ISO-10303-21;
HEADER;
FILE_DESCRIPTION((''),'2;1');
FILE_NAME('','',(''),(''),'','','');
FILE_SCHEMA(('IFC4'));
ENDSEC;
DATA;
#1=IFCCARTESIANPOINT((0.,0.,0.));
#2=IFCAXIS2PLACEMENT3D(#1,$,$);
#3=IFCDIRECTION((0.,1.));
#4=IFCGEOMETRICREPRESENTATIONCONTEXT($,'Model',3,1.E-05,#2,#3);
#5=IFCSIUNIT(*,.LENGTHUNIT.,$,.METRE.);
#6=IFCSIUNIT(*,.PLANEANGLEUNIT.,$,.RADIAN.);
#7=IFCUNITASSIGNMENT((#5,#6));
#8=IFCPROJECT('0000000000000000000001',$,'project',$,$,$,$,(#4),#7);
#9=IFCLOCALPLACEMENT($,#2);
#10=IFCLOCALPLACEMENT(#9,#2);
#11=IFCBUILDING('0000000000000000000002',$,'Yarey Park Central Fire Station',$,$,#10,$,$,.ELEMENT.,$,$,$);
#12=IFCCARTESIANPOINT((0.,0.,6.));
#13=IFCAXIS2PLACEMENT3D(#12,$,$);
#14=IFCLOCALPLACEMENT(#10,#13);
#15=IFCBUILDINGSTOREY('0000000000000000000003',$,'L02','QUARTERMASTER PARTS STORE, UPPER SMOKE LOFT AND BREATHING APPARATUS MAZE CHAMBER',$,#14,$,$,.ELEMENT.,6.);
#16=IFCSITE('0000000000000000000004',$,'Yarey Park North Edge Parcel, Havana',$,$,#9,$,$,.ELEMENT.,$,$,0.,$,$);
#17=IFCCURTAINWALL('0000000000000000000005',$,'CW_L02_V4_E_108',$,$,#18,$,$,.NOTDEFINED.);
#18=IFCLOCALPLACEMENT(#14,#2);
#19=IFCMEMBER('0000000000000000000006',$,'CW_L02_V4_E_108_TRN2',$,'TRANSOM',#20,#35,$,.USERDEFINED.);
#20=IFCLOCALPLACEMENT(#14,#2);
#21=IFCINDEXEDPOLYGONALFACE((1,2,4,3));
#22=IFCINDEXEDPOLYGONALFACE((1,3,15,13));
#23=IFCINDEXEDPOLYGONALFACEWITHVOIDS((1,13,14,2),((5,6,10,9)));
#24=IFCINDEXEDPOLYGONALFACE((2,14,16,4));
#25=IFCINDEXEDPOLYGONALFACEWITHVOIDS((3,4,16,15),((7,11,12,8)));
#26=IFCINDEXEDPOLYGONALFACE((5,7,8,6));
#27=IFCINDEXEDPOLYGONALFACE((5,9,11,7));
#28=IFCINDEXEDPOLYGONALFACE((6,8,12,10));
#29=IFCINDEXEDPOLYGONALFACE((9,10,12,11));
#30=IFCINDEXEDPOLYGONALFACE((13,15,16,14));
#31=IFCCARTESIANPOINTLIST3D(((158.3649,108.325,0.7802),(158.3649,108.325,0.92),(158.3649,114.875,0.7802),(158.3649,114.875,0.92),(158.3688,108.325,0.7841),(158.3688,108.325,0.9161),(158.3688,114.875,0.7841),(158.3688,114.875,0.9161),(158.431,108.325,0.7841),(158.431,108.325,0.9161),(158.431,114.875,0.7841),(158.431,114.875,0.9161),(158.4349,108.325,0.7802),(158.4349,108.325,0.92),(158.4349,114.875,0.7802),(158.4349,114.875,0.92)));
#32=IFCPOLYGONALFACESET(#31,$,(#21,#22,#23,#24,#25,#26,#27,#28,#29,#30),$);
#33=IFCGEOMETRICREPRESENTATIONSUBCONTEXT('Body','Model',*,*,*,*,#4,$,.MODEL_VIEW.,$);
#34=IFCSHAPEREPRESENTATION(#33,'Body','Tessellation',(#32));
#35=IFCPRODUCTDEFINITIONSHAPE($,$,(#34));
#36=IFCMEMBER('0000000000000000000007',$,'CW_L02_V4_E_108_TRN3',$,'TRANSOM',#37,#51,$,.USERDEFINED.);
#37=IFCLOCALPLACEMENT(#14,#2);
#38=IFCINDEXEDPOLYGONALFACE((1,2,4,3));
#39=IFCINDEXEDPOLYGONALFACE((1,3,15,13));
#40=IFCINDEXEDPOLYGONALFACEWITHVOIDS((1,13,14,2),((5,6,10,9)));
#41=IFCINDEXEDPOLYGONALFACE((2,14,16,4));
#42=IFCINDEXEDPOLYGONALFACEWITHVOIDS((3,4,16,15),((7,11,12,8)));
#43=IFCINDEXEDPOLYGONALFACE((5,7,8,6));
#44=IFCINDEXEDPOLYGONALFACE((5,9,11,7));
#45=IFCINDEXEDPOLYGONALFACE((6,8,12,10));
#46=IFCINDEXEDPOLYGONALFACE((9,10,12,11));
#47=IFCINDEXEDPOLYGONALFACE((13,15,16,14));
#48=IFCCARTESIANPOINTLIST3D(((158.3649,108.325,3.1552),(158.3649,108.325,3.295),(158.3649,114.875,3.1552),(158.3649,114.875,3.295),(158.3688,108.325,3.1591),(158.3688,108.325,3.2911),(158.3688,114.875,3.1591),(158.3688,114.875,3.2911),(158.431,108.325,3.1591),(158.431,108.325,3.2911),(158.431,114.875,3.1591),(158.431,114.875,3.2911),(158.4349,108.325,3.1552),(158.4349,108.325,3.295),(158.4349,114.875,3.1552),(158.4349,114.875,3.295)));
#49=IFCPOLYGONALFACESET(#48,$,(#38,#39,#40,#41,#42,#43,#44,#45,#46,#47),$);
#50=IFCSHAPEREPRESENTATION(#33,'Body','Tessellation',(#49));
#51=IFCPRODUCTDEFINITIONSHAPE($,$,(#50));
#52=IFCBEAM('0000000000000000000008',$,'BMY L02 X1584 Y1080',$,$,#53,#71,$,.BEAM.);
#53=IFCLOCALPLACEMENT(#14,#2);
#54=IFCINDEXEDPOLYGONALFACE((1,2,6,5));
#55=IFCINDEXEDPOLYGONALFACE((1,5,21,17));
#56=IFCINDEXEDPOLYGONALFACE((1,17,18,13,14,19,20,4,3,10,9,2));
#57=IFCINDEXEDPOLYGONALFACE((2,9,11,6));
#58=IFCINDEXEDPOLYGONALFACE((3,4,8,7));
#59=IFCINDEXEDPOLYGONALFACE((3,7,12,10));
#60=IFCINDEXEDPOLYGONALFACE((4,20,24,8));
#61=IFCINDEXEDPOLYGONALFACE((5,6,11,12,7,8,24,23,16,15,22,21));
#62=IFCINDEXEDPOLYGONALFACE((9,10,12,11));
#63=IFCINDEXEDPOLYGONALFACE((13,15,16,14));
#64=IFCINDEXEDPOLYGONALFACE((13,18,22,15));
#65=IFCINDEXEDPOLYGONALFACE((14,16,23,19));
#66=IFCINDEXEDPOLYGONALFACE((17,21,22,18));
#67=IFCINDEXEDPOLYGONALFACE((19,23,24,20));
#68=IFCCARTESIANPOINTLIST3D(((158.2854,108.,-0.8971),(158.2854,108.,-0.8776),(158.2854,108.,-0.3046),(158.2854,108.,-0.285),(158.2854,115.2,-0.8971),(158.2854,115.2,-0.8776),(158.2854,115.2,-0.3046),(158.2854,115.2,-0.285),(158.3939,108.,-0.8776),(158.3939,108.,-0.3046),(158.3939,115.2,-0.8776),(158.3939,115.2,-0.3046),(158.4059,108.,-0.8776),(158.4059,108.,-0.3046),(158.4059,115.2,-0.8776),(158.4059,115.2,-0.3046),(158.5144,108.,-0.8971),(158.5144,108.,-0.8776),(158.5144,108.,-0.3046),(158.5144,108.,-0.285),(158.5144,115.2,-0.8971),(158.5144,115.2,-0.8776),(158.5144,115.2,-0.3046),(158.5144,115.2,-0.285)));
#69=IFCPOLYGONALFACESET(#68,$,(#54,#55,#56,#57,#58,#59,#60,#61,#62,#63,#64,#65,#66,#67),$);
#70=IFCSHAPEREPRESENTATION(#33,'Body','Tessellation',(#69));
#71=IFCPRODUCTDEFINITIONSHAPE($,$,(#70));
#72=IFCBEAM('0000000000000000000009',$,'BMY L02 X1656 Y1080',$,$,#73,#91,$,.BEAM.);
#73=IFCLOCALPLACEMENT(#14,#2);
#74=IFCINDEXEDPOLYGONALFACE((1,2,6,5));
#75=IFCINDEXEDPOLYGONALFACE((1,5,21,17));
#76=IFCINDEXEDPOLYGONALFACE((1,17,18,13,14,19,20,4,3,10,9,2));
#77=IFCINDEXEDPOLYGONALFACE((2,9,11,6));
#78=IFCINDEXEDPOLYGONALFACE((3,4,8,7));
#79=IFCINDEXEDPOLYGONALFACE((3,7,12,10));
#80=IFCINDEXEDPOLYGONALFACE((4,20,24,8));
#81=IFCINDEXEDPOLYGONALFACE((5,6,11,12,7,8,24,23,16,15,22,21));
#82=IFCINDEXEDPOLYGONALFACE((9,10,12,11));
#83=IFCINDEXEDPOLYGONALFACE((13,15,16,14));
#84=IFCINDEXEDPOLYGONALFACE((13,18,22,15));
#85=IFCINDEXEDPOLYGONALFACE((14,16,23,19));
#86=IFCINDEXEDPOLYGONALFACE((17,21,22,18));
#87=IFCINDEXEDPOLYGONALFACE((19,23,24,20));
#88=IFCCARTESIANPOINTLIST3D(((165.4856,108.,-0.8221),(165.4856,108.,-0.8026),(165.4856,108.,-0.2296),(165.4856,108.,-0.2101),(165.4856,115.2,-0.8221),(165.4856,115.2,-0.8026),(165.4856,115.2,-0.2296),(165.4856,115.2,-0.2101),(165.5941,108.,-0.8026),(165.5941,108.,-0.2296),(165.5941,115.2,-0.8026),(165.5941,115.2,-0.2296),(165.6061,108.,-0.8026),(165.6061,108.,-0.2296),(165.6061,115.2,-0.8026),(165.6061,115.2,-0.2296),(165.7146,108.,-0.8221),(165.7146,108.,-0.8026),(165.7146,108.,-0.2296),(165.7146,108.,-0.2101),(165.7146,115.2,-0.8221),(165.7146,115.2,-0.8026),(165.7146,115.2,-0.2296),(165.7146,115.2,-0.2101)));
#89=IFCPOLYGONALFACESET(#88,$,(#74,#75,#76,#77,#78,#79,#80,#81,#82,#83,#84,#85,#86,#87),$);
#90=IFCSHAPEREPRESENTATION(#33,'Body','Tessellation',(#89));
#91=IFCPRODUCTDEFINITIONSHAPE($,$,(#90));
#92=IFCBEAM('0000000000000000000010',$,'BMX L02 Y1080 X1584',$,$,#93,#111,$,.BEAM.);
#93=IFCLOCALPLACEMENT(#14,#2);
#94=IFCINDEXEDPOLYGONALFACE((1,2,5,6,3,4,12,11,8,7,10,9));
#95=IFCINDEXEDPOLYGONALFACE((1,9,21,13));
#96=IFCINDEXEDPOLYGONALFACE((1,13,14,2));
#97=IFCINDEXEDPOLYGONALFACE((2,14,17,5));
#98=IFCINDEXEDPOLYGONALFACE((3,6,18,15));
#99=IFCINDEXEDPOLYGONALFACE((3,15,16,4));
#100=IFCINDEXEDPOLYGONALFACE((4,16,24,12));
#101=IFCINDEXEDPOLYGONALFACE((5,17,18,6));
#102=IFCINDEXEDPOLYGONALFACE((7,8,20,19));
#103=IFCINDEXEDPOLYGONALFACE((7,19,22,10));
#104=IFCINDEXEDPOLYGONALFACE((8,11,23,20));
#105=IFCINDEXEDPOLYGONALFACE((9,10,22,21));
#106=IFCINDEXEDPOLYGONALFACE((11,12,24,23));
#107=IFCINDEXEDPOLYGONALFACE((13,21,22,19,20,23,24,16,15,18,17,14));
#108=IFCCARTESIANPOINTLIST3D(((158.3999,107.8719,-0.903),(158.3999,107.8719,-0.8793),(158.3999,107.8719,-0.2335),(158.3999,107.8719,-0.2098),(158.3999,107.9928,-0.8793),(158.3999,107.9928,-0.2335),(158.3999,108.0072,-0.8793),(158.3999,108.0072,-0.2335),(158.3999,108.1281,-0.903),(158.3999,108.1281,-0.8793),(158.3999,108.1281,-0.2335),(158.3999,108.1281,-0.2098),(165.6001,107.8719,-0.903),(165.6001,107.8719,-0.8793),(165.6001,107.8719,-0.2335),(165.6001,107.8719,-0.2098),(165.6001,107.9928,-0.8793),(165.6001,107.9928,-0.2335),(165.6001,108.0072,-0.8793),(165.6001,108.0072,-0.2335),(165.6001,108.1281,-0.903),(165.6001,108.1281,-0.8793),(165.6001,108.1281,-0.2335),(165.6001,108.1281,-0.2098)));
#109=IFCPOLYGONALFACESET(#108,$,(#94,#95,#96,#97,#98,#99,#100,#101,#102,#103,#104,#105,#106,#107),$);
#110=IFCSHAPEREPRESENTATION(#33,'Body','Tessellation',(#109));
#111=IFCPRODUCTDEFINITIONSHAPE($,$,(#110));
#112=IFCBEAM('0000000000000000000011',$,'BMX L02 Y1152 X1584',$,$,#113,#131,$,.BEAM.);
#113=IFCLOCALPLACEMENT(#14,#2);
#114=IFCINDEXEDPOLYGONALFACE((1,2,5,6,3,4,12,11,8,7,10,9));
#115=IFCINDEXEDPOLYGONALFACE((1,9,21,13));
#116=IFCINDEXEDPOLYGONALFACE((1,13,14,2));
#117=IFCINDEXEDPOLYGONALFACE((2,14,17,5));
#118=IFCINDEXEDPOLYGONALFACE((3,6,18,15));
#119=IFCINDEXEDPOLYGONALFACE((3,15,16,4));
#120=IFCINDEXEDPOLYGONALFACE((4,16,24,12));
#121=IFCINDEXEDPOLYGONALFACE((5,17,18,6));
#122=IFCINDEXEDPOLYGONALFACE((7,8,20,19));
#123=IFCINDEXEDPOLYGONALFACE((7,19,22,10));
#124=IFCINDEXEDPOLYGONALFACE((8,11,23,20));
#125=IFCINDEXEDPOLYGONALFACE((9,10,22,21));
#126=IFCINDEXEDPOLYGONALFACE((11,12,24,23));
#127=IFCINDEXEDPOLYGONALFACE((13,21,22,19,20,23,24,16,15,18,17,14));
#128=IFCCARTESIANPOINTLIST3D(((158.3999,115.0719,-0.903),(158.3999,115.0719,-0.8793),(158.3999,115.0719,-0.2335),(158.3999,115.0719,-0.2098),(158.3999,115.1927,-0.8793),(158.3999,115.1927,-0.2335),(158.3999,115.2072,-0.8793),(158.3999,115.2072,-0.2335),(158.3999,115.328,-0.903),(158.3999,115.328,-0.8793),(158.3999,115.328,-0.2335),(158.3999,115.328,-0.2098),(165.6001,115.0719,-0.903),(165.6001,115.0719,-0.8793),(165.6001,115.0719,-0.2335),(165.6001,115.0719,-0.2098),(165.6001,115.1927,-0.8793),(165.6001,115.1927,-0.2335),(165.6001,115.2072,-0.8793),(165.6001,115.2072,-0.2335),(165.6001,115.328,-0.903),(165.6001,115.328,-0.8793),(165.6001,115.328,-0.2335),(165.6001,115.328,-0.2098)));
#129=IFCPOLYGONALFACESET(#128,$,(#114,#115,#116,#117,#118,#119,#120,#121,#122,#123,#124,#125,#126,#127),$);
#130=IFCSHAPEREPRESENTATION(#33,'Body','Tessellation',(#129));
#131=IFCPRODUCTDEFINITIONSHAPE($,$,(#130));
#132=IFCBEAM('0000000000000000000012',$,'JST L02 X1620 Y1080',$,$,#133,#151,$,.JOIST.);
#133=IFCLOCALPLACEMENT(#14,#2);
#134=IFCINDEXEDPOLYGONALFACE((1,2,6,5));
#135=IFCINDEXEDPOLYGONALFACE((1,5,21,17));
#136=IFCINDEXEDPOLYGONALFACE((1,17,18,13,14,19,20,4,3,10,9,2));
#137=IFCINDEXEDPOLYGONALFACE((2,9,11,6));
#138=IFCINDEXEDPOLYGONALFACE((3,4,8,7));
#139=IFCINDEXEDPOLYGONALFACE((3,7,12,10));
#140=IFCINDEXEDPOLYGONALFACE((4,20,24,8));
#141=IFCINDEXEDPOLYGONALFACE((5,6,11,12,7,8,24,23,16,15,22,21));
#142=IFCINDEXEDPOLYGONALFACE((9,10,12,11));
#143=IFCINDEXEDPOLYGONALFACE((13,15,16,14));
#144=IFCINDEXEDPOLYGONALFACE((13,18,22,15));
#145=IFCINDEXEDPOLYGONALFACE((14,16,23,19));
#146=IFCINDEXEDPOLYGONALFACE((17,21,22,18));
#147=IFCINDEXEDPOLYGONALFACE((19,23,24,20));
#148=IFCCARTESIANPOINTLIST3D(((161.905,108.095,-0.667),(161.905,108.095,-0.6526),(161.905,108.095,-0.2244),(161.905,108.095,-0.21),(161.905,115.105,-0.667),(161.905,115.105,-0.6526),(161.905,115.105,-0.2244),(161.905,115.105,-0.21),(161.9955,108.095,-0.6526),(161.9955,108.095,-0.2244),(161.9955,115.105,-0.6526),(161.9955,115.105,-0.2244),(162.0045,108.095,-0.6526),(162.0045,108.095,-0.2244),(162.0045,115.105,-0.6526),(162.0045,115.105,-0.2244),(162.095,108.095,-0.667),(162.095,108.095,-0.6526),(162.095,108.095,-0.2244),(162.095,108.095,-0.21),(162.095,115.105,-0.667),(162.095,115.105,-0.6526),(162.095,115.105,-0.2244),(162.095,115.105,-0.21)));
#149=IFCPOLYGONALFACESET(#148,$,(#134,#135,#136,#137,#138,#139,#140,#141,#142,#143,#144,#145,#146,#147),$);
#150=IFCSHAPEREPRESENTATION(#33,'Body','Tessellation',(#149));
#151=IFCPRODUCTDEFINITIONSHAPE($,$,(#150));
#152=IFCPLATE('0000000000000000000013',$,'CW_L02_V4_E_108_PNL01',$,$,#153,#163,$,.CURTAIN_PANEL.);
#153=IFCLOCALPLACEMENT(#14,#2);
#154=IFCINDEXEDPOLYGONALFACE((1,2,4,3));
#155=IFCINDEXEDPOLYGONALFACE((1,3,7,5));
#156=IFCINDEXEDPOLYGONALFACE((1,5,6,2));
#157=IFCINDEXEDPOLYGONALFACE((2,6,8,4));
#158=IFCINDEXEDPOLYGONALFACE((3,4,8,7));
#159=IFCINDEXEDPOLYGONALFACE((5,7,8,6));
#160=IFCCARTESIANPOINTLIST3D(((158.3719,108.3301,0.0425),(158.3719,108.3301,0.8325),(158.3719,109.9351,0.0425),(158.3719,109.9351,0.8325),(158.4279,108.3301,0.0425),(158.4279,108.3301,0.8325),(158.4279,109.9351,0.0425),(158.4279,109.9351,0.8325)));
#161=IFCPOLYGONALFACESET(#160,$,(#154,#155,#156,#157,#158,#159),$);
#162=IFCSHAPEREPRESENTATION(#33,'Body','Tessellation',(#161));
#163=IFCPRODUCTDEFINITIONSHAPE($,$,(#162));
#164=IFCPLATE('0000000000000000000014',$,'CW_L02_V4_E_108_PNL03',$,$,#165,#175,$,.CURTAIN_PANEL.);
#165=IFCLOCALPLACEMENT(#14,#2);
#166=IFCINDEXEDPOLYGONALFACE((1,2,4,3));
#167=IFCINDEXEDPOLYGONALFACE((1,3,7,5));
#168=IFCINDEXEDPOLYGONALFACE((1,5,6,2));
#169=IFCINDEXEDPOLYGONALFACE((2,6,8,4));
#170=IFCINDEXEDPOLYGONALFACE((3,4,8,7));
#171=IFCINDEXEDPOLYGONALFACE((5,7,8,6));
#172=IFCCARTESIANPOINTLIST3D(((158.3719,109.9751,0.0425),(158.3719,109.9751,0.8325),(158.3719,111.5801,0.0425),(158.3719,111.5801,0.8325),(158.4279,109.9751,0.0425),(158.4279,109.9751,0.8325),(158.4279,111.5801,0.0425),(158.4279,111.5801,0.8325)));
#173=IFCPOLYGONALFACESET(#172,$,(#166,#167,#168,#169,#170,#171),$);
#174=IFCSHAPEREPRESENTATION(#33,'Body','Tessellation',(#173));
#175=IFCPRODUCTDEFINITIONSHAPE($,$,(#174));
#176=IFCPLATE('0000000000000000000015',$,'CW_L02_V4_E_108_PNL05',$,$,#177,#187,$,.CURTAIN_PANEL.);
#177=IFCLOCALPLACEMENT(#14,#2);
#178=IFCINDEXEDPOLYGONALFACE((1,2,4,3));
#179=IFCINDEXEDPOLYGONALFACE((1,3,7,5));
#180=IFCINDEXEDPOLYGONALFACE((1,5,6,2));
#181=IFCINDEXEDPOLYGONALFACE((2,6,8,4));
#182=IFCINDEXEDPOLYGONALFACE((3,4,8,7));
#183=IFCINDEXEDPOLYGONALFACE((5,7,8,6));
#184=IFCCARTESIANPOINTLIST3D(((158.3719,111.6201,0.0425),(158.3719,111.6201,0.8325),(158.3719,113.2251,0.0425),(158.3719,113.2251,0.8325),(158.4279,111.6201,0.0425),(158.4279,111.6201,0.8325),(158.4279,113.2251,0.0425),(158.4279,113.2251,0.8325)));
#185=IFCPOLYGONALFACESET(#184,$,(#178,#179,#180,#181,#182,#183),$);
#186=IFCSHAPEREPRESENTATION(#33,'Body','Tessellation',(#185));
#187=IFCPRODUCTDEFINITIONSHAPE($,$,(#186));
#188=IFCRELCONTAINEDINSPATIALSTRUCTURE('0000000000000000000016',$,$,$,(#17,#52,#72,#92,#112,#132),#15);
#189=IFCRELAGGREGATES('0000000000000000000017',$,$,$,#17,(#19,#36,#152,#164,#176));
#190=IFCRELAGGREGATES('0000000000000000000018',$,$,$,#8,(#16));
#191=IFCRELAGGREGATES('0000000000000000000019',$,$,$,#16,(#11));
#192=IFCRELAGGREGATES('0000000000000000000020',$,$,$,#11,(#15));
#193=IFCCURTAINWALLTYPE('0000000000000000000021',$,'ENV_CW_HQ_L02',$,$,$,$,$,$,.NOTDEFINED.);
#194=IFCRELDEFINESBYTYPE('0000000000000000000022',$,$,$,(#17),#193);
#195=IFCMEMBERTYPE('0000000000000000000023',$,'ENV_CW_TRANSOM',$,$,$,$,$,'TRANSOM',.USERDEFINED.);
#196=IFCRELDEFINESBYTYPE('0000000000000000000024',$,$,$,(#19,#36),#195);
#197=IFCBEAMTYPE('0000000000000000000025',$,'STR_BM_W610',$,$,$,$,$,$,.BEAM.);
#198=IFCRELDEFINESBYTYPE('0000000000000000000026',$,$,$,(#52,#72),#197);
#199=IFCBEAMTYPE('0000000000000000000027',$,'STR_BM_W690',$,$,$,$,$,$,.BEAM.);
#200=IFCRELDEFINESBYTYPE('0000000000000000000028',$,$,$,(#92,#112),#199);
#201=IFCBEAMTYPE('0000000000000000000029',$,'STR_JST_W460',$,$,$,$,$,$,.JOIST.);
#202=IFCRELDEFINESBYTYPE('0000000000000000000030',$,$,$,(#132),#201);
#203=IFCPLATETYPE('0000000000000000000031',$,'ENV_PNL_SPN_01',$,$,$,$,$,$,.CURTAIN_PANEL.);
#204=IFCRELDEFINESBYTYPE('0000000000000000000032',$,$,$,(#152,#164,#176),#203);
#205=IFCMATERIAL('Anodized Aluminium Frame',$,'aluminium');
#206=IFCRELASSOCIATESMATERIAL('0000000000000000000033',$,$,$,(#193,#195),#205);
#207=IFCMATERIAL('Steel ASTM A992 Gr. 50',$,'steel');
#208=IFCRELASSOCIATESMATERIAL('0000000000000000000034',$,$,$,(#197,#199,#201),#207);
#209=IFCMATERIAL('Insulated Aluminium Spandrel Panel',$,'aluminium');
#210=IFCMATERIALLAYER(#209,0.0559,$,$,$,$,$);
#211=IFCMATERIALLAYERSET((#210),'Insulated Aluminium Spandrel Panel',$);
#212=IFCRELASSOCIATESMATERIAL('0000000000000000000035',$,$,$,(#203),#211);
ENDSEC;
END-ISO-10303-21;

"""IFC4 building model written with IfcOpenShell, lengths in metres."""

from ifc_helpers import new_model, si_unit, direction, frame, origin, origin_2d, place, context, subcontext, project, spatial, rectangle, hollow_rectangle, i_section, extrude, material, layer, layer_set, material_profile, profile_set, type_object, element, aggregate, save


model = new_model("IFC4")

# Units and contexts
model_context = context("Model", 3, precision=1e-05, world=origin(), true_north=direction((0.0, 1.0)))
body_context = subcontext(model_context, "Body", "Model", "MODEL_VIEW")
ifc_project = project(units=[si_unit("LENGTHUNIT", "METRE"), si_unit("PLANEANGLEUNIT", "RADIAN")], contexts=[model_context])

# Site, building, storey
site_placement = place(None, origin())
site = spatial("IfcSite", under=ifc_project, at=site_placement, Name="Yarey Park North Edge Parcel, Havana", CompositionType="ELEMENT", RefElevation=0.0)
building_placement = place(site_placement, origin())
building = spatial("IfcBuilding", under=site, at=building_placement, Name="Yarey Park Central Fire Station", CompositionType="ELEMENT")
storey_placement = place(building_placement, frame((0.0, 0.0, 6.0)))
storey = spatial("IfcBuildingStorey", under=building, at=storey_placement, Name="L02", Description="QUARTERMASTER PARTS STORE, UPPER SMOKE LOFT AND BREATHING APPARATUS MAZE CHAMBER", CompositionType="ELEMENT", Elevation=6.0)

# Curtain wall, members
ifc_material_1 = material(Name="Anodized Aluminium Frame", Category="aluminium")
curtain_wall_type = type_object("IfcCurtainWallType", Name="ENV_CW_HQ_L02", PredefinedType="NOTDEFINED", material=ifc_material_1)
curtain_wall_1_placement = place(storey_placement, origin())
curtain_wall_1 = element("IfcCurtainWall", 1, at=curtain_wall_1_placement, inside=storey, type_object=curtain_wall_type, Name="CW_L02_V4_E_108", PredefinedType="NOTDEFINED")
ifc_material_profile_1 = material_profile(ifc_material_1, hollow_rectangle(XDim=0.0701, YDim=0.1399, WallThickness=0.0039, at=origin_2d()), Name="ALU 140x70x4")
ifc_profile_set_1 = profile_set([ifc_material_profile_1], Name="Anodized Aluminium Frame")
member_type_1 = type_object("IfcMemberType", Name="ENV_CW_TRANSOM", ElementType="TRANSOM", PredefinedType="USERDEFINED", material=ifc_profile_set_1)
member_1_placement = place(storey_placement, frame((158.3999, 108.325, 0.8501), z_axis=(0.0, 1.0, 0.0), x_axis=(-1.0, 0.0, 0.0)))
member_1 = element("IfcMember", 2, at=member_1_placement, type_object=member_type_1, Name="CW_L02_V4_E_108_TRN2", ObjectType="TRANSOM", PredefinedType="USERDEFINED", context=body_context, shape_type="SweptSolid", body=[
    extrude(hollow_rectangle(XDim=0.0701, YDim=0.1399, WallThickness=0.0039, at=origin_2d()), origin(), (0.0, 0.0, 1.0), 6.55),
])
member_2_placement = place(storey_placement, frame((158.3999, 108.325, 3.2251), z_axis=(0.0, 1.0, 0.0), x_axis=(-1.0, 0.0, 0.0)))
member_2 = element("IfcMember", 3, at=member_2_placement, type_object=member_type_1, Name="CW_L02_V4_E_108_TRN3", ObjectType="TRANSOM", PredefinedType="USERDEFINED", context=body_context, shape_type="SweptSolid", body=[
    extrude(hollow_rectangle(XDim=0.0701, YDim=0.1399, WallThickness=0.0039, at=origin_2d()), origin(), (0.0, 0.0, 1.0), 6.55),
])

# Beams
ifc_material_2 = material(Name="Steel ASTM A992 Gr. 50", Category="steel")
ifc_material_profile_2 = material_profile(ifc_material_2, i_section(OverallWidth=0.229, OverallDepth=0.6121, WebThickness=0.012, FlangeThickness=0.0195, at=origin_2d()), Name="W610x125")
ifc_profile_set_2 = profile_set([ifc_material_profile_2], Name="Steel ASTM A992 Gr. 50")
beam_type_1 = type_object("IfcBeamType", Name="STR_BM_W610", PredefinedType="BEAM", material=ifc_profile_set_2)
for number, where, z_axis, x_axis, name in (
    (4, (158.3999, 108.0, -0.5911), (0.0, 1.0, 0.0), (-1.0, 0.0, 0.0), "BMY L02 X1584 Y1080"),
    (5, (165.6001, 108.0, -0.5161), (0.0, 1.0, 0.0), (-1.0, 0.0, 0.0), "BMY L02 X1656 Y1080"),
):
    element("IfcBeam", number, at=place(storey_placement, frame(where, z_axis=z_axis, x_axis=x_axis)), inside=storey, type_object=beam_type_1, Name=name, PredefinedType="BEAM", context=body_context, shape_type="SweptSolid", body=[
        extrude(i_section(OverallWidth=0.229, OverallDepth=0.6121, WebThickness=0.012, FlangeThickness=0.0195, at=origin_2d()), origin(), (0.0, 0.0, 1.0), 7.2),
    ])
ifc_material_profile_3 = material_profile(ifc_material_2, i_section(OverallWidth=0.2561, OverallDepth=0.6931, WebThickness=0.0144, FlangeThickness=0.0237, at=origin_2d()), Name="W690x170")
ifc_profile_set_3 = profile_set([ifc_material_profile_3], Name="Steel ASTM A992 Gr. 50")
beam_type_2 = type_object("IfcBeamType", Name="STR_BM_W690", PredefinedType="BEAM", material=ifc_profile_set_3)
for number, where, z_axis, x_axis, name in (
    (6, (158.3999, 108.0, -0.5564), (1.0, 0.0, 0.0), (0.0, 1.0, 0.0), "BMX L02 Y1080 X1584"),
    (7, (158.3999, 115.2, -0.5564), (1.0, 0.0, 0.0), (0.0, 1.0, 0.0), "BMX L02 Y1152 X1584"),
):
    element("IfcBeam", number, at=place(storey_placement, frame(where, z_axis=z_axis, x_axis=x_axis)), inside=storey, type_object=beam_type_2, Name=name, PredefinedType="BEAM", context=body_context, shape_type="SweptSolid", body=[
        extrude(i_section(OverallWidth=0.2561, OverallDepth=0.6931, WebThickness=0.0144, FlangeThickness=0.0237, at=origin_2d()), origin(), (0.0, 0.0, 1.0), 7.2002),
    ])
ifc_material_profile_4 = material_profile(ifc_material_2, i_section(OverallWidth=0.1899, OverallDepth=0.457, WebThickness=0.009, FlangeThickness=0.0144, at=origin_2d()), Name="W460x74")
ifc_profile_set_4 = profile_set([ifc_material_profile_4], Name="Steel ASTM A992 Gr. 50")
beam_type_3 = type_object("IfcBeamType", Name="STR_JST_W460", PredefinedType="JOIST", material=ifc_profile_set_4)
beam_placement = place(storey_placement, frame((162.0, 108.095, -0.4385), z_axis=(0.0, 1.0, 0.0), x_axis=(-1.0, 0.0, 0.0)))
element("IfcBeam", 8, at=beam_placement, inside=storey, type_object=beam_type_3, Name="JST L02 X1620 Y1080", PredefinedType="JOIST", context=body_context, shape_type="SweptSolid", body=[
    extrude(i_section(OverallWidth=0.1899, OverallDepth=0.457, WebThickness=0.009, FlangeThickness=0.0144, at=origin_2d()), origin(), (0.0, 0.0, 1.0), 7.01),
])

# Plates
ifc_material_3 = material(Name="Insulated Aluminium Spandrel Panel", Category="aluminium")
ifc_layer_1 = layer(ifc_material_3, 0.0559)
ifc_layer_set_1 = layer_set([ifc_layer_1], Name="Insulated Aluminium Spandrel Panel")
plate_type_1 = type_object("IfcPlateType", Name="ENV_PNL_SPN_01", PredefinedType="CURTAIN_PANEL", material=ifc_layer_set_1)
plate_1_placement = place(storey_placement, frame((158.3999, 109.1326, 0.0425), z_axis=(0.0, 0.0, 1.0), x_axis=(0.0, 1.0, 0.0)))
plate_1 = element("IfcPlate", 9, at=plate_1_placement, type_object=plate_type_1, Name="CW_L02_V4_E_108_PNL01", PredefinedType="CURTAIN_PANEL", context=body_context, shape_type="SweptSolid", body=[
    extrude(rectangle(XDim=1.605, YDim=0.0559, at=origin_2d()), origin(), (0.0, 0.0, 1.0), 0.79),
])
plate_2_placement = place(storey_placement, frame((158.3999, 110.7776, 0.0425), z_axis=(0.0, 0.0, 1.0), x_axis=(0.0, 1.0, 0.0)))
plate_2 = element("IfcPlate", 10, at=plate_2_placement, type_object=plate_type_1, Name="CW_L02_V4_E_108_PNL03", PredefinedType="CURTAIN_PANEL", context=body_context, shape_type="SweptSolid", body=[
    extrude(rectangle(XDim=1.605, YDim=0.0559, at=origin_2d()), origin(), (0.0, 0.0, 1.0), 0.79),
])
plate_3_placement = place(storey_placement, frame((158.3999, 112.4226, 0.0425), z_axis=(0.0, 0.0, 1.0), x_axis=(0.0, 1.0, 0.0)))
plate_3 = element("IfcPlate", 11, at=plate_3_placement, type_object=plate_type_1, Name="CW_L02_V4_E_108_PNL05", PredefinedType="CURTAIN_PANEL", context=body_context, shape_type="SweptSolid", body=[
    extrude(rectangle(XDim=1.605, YDim=0.0559, at=origin_2d()), origin(), (0.0, 0.0, 1.0), 0.79),
])
aggregate(curtain_wall_1, [member_1, member_2, plate_1, plate_2, plate_3])

save(model, "model.ifc")
